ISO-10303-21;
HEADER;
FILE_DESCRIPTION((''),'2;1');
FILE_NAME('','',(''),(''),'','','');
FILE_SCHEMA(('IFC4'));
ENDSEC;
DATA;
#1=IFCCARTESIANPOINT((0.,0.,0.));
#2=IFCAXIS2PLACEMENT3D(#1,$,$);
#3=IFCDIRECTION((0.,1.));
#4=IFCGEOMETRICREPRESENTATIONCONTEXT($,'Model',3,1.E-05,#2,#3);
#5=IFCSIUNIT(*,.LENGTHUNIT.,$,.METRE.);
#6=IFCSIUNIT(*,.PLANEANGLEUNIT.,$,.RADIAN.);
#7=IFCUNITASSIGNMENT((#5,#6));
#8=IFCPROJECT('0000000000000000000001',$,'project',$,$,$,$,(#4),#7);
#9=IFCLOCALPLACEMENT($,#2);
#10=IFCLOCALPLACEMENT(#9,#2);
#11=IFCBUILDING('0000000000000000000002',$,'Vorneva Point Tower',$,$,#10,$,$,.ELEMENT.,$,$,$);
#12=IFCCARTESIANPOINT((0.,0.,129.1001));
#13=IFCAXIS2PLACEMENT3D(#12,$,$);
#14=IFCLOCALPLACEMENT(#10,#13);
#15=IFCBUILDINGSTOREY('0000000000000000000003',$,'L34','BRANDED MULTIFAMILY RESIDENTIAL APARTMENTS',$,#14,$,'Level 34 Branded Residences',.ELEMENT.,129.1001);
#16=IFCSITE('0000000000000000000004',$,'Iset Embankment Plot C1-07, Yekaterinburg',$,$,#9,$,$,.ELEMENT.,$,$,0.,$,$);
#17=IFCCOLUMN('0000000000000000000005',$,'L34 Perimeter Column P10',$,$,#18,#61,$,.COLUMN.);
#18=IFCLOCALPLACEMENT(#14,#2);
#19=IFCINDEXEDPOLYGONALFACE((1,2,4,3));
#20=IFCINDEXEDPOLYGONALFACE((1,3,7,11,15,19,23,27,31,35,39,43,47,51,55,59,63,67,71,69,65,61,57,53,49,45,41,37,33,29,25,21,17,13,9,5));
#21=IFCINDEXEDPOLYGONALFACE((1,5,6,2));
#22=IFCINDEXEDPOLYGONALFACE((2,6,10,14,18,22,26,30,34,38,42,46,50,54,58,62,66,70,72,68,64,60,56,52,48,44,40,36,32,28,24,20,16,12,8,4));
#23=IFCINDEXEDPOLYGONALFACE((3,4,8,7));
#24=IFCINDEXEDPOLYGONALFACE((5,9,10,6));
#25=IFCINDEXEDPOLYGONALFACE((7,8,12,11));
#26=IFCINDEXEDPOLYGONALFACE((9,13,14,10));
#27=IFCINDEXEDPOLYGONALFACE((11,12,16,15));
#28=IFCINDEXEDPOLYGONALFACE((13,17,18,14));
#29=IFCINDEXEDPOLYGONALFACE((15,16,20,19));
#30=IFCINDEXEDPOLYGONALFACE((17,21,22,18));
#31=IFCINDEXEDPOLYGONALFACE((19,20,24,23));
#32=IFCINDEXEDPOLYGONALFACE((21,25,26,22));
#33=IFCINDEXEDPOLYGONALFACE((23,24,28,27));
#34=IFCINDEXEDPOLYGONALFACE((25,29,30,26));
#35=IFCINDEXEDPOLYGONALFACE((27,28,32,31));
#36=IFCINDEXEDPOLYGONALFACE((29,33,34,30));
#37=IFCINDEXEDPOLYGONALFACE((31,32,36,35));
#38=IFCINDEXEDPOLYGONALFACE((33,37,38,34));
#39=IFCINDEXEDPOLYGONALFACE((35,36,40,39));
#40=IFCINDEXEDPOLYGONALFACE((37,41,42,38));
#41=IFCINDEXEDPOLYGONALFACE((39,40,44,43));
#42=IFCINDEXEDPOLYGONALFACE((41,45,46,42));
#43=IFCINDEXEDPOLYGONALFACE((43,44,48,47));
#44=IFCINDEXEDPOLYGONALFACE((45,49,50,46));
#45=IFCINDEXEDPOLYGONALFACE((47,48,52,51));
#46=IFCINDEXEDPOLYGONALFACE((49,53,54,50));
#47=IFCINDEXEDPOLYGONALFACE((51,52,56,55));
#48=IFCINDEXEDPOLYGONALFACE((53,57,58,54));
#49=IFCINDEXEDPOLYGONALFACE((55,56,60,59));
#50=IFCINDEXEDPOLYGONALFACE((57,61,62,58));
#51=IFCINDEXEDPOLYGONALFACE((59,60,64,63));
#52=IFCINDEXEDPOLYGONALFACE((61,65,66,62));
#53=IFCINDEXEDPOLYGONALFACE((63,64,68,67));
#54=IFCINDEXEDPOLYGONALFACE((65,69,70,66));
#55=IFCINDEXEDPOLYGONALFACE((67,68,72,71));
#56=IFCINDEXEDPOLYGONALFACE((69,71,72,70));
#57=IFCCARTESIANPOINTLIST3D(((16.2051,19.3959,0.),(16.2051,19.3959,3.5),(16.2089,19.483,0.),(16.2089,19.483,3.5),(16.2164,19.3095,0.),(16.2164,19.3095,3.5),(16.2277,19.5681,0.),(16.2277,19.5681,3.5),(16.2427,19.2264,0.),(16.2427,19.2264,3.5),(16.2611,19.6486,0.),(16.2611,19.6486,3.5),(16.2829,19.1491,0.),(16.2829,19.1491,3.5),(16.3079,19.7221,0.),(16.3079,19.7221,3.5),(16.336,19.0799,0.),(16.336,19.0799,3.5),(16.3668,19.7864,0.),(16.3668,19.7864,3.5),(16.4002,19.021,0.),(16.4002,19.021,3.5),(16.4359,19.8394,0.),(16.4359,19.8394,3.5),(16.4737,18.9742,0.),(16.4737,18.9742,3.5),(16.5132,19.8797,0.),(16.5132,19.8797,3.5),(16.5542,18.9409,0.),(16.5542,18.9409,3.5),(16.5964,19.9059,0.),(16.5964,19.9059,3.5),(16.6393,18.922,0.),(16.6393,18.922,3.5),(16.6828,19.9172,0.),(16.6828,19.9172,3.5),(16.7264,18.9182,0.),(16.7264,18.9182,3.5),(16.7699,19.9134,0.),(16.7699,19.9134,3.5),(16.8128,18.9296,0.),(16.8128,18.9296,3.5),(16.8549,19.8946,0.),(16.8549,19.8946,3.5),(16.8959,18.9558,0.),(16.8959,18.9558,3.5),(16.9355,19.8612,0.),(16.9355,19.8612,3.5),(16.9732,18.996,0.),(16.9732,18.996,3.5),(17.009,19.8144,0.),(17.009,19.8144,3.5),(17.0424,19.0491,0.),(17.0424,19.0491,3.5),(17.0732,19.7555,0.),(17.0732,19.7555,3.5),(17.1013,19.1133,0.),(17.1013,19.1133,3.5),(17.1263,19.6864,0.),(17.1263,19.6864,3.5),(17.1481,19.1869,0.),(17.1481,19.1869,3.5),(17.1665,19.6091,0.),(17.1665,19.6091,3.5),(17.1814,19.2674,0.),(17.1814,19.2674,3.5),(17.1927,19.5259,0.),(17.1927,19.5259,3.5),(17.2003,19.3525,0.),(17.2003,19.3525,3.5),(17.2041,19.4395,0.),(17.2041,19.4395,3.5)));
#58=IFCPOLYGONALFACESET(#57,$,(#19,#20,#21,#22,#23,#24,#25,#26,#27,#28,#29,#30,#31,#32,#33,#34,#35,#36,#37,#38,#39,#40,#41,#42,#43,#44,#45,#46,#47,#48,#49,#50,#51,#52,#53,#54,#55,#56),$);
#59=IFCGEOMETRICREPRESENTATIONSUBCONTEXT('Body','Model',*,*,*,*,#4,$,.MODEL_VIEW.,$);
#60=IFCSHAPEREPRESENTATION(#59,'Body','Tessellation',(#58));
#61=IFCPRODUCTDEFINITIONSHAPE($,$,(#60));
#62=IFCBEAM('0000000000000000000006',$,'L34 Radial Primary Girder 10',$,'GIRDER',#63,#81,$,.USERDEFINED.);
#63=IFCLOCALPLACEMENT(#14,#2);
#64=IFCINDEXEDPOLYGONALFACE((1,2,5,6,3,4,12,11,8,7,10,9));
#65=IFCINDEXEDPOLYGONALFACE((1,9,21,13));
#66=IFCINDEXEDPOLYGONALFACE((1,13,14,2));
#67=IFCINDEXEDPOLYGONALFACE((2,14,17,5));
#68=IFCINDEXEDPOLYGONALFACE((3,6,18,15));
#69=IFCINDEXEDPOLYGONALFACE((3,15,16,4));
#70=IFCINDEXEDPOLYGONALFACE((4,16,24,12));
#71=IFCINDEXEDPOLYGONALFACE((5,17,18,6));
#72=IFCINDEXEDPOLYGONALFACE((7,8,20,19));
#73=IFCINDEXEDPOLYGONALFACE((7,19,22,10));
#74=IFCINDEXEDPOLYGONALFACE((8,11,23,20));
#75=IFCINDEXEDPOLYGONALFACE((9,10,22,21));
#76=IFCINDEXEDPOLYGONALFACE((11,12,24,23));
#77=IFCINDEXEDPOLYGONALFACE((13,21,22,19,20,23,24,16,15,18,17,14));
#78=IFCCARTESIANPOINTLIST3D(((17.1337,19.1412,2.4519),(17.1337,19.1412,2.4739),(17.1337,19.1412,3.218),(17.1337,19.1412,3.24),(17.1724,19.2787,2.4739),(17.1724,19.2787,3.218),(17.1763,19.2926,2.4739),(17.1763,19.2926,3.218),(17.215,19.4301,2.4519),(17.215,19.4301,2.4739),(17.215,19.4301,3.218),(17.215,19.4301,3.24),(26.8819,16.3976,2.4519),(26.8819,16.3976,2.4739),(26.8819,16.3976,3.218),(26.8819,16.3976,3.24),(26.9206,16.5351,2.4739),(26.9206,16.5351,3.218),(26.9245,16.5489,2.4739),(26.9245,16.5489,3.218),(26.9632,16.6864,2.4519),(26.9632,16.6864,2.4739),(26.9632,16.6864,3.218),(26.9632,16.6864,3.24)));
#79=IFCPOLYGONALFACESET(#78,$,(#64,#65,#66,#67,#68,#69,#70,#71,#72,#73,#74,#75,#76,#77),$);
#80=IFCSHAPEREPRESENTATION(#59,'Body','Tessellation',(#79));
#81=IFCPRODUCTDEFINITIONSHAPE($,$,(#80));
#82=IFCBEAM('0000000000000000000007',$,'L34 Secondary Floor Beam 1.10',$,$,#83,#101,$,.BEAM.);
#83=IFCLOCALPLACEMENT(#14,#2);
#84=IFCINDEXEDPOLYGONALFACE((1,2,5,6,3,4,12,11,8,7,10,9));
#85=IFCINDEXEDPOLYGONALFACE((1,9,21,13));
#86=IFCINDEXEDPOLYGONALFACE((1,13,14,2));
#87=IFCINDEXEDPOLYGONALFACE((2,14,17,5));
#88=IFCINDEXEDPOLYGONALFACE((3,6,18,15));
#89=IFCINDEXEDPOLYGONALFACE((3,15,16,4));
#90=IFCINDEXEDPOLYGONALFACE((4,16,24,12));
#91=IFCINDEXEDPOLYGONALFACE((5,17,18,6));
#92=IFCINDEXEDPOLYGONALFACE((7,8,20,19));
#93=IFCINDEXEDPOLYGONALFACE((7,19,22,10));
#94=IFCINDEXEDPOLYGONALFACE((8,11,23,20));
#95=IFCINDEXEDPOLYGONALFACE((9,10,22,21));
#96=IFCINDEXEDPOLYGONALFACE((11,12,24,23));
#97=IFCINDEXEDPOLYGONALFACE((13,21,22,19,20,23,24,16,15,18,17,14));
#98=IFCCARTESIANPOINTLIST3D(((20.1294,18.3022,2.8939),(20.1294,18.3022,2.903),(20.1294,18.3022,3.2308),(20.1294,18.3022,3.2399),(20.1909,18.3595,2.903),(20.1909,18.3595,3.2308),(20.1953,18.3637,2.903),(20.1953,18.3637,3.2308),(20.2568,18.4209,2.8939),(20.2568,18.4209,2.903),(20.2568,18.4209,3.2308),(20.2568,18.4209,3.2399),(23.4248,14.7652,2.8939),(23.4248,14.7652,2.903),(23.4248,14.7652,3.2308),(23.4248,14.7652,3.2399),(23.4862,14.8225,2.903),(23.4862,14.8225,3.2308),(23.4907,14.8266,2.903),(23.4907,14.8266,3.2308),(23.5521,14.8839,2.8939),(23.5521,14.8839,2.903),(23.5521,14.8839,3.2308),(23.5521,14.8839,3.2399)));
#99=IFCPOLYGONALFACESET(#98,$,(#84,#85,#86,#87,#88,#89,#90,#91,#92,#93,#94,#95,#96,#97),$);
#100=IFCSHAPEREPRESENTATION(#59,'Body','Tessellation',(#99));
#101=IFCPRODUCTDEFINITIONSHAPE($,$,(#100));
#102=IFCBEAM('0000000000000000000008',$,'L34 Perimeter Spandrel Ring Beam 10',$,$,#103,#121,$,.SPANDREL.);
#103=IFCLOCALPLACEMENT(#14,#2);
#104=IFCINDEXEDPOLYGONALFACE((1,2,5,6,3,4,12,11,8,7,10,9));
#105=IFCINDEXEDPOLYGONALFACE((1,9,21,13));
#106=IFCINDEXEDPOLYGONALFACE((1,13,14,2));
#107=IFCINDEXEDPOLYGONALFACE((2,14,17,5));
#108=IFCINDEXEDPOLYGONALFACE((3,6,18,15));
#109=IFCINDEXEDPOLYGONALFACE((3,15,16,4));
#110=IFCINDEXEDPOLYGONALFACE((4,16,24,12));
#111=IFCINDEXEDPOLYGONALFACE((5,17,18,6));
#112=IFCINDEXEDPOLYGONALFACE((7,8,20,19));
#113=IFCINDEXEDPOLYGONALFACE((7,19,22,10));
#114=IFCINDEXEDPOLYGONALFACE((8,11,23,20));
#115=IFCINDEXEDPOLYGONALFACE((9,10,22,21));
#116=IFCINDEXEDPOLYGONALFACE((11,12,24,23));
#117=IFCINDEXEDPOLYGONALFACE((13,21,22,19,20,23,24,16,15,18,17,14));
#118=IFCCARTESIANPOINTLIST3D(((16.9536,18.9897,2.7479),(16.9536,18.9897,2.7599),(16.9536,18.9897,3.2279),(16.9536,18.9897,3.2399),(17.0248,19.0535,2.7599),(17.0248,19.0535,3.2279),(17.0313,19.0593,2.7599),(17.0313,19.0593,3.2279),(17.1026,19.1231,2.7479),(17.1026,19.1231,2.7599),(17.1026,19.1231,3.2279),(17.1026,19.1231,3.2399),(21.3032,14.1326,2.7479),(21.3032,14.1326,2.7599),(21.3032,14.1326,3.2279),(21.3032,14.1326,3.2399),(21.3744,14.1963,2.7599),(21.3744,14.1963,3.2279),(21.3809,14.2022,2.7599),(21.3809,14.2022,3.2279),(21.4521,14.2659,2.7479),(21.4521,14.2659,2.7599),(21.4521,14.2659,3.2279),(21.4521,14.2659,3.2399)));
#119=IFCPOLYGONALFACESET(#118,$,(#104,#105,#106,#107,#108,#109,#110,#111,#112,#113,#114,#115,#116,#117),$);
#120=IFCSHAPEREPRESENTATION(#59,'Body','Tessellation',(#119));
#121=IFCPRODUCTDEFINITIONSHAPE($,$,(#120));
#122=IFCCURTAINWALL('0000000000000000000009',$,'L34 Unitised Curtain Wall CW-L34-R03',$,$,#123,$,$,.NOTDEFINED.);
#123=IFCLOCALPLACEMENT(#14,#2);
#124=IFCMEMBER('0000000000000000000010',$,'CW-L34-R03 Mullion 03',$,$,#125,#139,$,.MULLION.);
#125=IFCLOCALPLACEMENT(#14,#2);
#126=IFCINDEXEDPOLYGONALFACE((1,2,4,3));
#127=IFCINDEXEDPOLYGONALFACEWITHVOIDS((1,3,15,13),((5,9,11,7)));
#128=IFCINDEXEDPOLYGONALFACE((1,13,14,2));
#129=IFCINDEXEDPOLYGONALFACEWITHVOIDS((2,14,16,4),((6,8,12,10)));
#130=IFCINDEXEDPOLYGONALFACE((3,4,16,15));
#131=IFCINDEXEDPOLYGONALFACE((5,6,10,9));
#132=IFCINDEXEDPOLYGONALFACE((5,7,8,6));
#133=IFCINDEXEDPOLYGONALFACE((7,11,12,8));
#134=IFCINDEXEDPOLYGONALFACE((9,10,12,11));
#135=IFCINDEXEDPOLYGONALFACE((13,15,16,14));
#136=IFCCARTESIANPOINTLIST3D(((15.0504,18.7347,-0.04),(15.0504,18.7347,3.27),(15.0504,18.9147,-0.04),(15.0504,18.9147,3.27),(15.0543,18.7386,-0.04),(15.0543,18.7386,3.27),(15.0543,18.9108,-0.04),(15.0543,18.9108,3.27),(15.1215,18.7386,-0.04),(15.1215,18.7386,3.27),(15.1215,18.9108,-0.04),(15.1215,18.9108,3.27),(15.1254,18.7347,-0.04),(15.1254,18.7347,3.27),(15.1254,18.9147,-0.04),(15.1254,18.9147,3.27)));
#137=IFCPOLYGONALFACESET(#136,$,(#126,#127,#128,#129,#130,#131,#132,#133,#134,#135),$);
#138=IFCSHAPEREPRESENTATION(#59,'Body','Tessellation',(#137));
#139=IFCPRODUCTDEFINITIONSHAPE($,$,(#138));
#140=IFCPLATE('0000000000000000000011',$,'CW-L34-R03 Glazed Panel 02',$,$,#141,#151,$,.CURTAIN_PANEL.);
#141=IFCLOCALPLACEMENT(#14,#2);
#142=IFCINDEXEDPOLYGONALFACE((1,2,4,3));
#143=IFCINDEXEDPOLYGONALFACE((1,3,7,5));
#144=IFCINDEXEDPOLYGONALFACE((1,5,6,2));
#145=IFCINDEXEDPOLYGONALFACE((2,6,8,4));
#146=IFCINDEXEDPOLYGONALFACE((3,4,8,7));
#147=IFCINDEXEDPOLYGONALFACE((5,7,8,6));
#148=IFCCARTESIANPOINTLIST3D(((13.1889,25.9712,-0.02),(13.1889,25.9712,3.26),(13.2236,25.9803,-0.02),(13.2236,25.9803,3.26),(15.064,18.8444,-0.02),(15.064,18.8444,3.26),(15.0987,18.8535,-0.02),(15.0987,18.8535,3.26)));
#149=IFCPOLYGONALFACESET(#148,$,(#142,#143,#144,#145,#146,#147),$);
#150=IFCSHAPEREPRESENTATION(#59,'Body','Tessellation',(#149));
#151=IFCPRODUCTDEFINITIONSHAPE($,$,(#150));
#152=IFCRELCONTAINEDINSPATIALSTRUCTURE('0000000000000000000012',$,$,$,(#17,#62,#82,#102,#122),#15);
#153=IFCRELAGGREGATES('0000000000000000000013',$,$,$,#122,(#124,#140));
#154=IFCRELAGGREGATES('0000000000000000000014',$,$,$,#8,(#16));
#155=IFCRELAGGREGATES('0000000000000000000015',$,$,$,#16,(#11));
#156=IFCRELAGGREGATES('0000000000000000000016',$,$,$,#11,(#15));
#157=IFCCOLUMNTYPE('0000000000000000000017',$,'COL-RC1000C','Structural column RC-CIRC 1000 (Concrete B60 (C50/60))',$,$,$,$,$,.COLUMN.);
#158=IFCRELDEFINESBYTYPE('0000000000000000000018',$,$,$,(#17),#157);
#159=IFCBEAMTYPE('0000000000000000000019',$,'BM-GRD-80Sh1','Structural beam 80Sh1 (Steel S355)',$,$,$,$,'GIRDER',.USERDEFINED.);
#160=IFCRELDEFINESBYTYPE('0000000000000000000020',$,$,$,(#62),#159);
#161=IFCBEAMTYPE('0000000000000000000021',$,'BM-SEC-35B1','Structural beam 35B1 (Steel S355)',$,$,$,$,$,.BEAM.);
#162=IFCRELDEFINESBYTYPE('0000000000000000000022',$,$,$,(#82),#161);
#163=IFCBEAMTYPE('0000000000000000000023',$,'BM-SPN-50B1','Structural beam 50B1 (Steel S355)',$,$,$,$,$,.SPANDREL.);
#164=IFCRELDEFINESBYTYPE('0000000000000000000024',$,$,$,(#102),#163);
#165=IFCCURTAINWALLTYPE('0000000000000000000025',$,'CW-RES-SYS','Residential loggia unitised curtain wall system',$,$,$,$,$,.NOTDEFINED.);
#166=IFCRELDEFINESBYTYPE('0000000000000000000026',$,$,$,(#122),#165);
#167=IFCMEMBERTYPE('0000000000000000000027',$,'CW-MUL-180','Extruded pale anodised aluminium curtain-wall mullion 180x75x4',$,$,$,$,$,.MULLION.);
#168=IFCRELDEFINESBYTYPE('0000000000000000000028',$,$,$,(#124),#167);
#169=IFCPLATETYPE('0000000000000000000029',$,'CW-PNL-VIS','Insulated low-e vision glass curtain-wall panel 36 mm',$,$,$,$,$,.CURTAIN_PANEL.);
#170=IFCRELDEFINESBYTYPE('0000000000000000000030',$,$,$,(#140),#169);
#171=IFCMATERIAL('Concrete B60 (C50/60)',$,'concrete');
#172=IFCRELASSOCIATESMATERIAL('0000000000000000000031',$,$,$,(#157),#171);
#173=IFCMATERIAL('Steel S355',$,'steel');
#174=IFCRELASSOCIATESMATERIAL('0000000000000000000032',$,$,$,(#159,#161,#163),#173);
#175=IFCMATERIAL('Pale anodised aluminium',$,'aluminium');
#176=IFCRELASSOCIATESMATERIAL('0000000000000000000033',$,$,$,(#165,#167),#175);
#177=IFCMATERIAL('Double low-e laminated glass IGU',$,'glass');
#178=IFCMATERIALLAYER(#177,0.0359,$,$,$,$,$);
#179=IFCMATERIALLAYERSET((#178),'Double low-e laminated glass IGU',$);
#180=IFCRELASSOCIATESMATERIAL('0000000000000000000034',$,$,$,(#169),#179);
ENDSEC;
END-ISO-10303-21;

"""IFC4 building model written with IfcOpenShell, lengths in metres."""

from ifc_helpers import new_model, si_unit, direction, frame, origin, origin_2d, place, context, subcontext, project, spatial, rectangle, hollow_rectangle, circle, i_section, extrude, material, layer, layer_set, material_profile, profile_set, type_object, element, aggregate, save


model = new_model("IFC4")

# Units and contexts
model_context = context("Model", 3, precision=1e-05, world=origin(), true_north=direction((0.0, 1.0)))
body_context = subcontext(model_context, "Body", "Model", "MODEL_VIEW")
ifc_project = project(units=[si_unit("LENGTHUNIT", "METRE"), si_unit("PLANEANGLEUNIT", "RADIAN")], contexts=[model_context])

# Site, building, storey
site_placement = place(None, origin())
site = spatial("IfcSite", under=ifc_project, at=site_placement, Name="Iset Embankment Plot C1-07, Yekaterinburg", CompositionType="ELEMENT", RefElevation=0.0)
building_placement = place(site_placement, origin())
building = spatial("IfcBuilding", under=site, at=building_placement, Name="Vorneva Point Tower", CompositionType="ELEMENT")
storey_placement = place(building_placement, frame((0.0, 0.0, 129.1001)))
storey = spatial("IfcBuildingStorey", under=building, at=storey_placement, Name="L34", Description="BRANDED MULTIFAMILY RESIDENTIAL APARTMENTS", LongName="Level 34 Branded Residences", CompositionType="ELEMENT", Elevation=129.1001)

# Column
ifc_material_1 = material(Name="Concrete B60 (C50/60)", Category="concrete")
ifc_material_profile_1 = material_profile(ifc_material_1, circle(Radius=0.5, at=origin_2d()), Name="RC-CIRC 1000")
ifc_profile_set_1 = profile_set([ifc_material_profile_1], Name="Concrete B60 (C50/60)")
column_type = type_object("IfcColumnType", Name="COL-RC1000C", Description="Structural column RC-CIRC 1000 (Concrete B60 (C50/60))", PredefinedType="COLUMN", material=ifc_profile_set_1)
column_placement = place(storey_placement, frame((16.7046, 19.4177, 0.0), z_axis=(0.0, 0.0, 1.0), x_axis=(-0.92388, -0.382683, 0.0)))
element("IfcColumn", 1, at=column_placement, inside=storey, type_object=column_type, Name="L34 Perimeter Column P10", PredefinedType="COLUMN", context=body_context, shape_type="SweptSolid", body=[
    extrude(circle(Radius=0.5, at=origin_2d()), origin(), (0.0, 0.0, 1.0), 3.5),
])

# Beams
ifc_material_2 = material(Name="Steel S355", Category="steel")
ifc_material_profile_2 = material_profile(ifc_material_2, i_section(OverallWidth=0.3, OverallDepth=0.7881, WebThickness=0.0144, FlangeThickness=0.022, at=origin_2d()), Name="80Sh1")
ifc_profile_set_2 = profile_set([ifc_material_profile_2], Name="Steel S355")
beam_type_1 = type_object("IfcBeamType", Name="BM-GRD-80Sh1", Description="Structural beam 80Sh1 (Steel S355)", ElementType="GIRDER", PredefinedType="USERDEFINED", material=ifc_profile_set_2)
beam_1_placement = place(storey_placement, frame((17.1743, 19.2856, 2.8459), z_axis=(0.962601, -0.270924, 0.0), x_axis=(0.270924, 0.962601, 0.0)))
element("IfcBeam", 2, at=beam_1_placement, inside=storey, type_object=beam_type_1, Name="L34 Radial Primary Girder 10", ObjectType="GIRDER", PredefinedType="USERDEFINED", context=body_context, shape_type="SweptSolid", body=[
    extrude(i_section(OverallWidth=0.3, OverallDepth=0.7881, WebThickness=0.0144, FlangeThickness=0.022, at=origin_2d()), origin(), (0.0, 0.0, 1.0), 10.127),
])
ifc_material_profile_3 = material_profile(ifc_material_2, i_section(OverallWidth=0.1741, OverallDepth=0.3459, WebThickness=0.0061, FlangeThickness=0.009, at=origin_2d()), Name="35B1")
ifc_profile_set_3 = profile_set([ifc_material_profile_3], Name="Steel S355")
beam_type_2 = type_object("IfcBeamType", Name="BM-SEC-35B1", Description="Structural beam 35B1 (Steel S355)", PredefinedType="BEAM", material=ifc_profile_set_3)
beam_2_placement = place(storey_placement, frame((20.1931, 18.3616, 3.0669), z_axis=(0.681667, -0.731663, 0.0), x_axis=(0.731663, 0.681667, 0.0)))
element("IfcBeam", 3, at=beam_2_placement, inside=storey, type_object=beam_type_2, Name="L34 Secondary Floor Beam 1.10", PredefinedType="BEAM", context=body_context, shape_type="SweptSolid", body=[
    extrude(i_section(OverallWidth=0.1741, OverallDepth=0.3459, WebThickness=0.0061, FlangeThickness=0.009, at=origin_2d()), origin(), (0.0, 0.0, 1.0), 4.8342),
])
ifc_material_profile_4 = material_profile(ifc_material_2, i_section(OverallWidth=0.2, OverallDepth=0.4919, WebThickness=0.0088, FlangeThickness=0.012, at=origin_2d()), Name="50B1")
ifc_profile_set_4 = profile_set([ifc_material_profile_4], Name="Steel S355")
beam_type_3 = type_object("IfcBeamType", Name="BM-SPN-50B1", Description="Structural beam 50B1 (Steel S355)", PredefinedType="SPANDREL", material=ifc_profile_set_4)
beam_3_placement = place(storey_placement, frame((17.0281, 19.0564, 2.9939), z_axis=(0.667111, -0.744958, 0.0), x_axis=(0.744958, 0.667111, 0.0)))
element("IfcBeam", 4, at=beam_3_placement, inside=storey, type_object=beam_type_3, Name="L34 Perimeter Spandrel Ring Beam 10", PredefinedType="SPANDREL", context=body_context, shape_type="SweptSolid", body=[
    extrude(i_section(OverallWidth=0.2, OverallDepth=0.4919, WebThickness=0.0088, FlangeThickness=0.012, at=origin_2d()), origin(), (0.0, 0.0, 1.0), 6.52),
])

# Curtain wall, member, plate
ifc_material_3 = material(Name="Pale anodised aluminium", Category="aluminium")
curtain_wall_type = type_object("IfcCurtainWallType", Name="CW-RES-SYS", Description="Residential loggia unitised curtain wall system", PredefinedType="NOTDEFINED", material=ifc_material_3)
curtain_wall_placement = place(storey_placement, origin())
curtain_wall = element("IfcCurtainWall", 5, at=curtain_wall_placement, inside=storey, type_object=curtain_wall_type, Name="L34 Unitised Curtain Wall CW-L34-R03", PredefinedType="NOTDEFINED")
ifc_material_profile_5 = material_profile(ifc_material_3, hollow_rectangle(XDim=0.075, YDim=0.1799, WallThickness=0.0039, at=origin_2d()), Name="AL-MUL 180x75x4")
ifc_profile_set_5 = profile_set([ifc_material_profile_5], Name="Pale anodised aluminium")
member_type = type_object("IfcMemberType", Name="CW-MUL-180", Description="Extruded pale anodised aluminium curtain-wall mullion 180x75x4", PredefinedType="MULLION", material=ifc_profile_set_5)
member_placement = place(storey_placement, frame((15.0879, 18.8247, -0.04), z_axis=(0.0, 0.0, 1.0), x_axis=(1.0, 0.0, 0.0)))
member = element("IfcMember", 6, at=member_placement, type_object=member_type, Name="CW-L34-R03 Mullion 03", PredefinedType="MULLION", context=body_context, shape_type="SweptSolid", body=[
    extrude(hollow_rectangle(XDim=0.075, YDim=0.1799, WallThickness=0.0039, at=origin_2d()), origin(), (0.0, 0.0, 1.0), 3.3101),
])
ifc_material_4 = material(Name="Double low-e laminated glass IGU", Category="glass")
ifc_layer_1 = layer(ifc_material_4, 0.0359)
ifc_layer_set_1 = layer_set([ifc_layer_1], Name="Double low-e laminated glass IGU")
plate_type = type_object("IfcPlateType", Name="CW-PNL-VIS", Description="Insulated low-e vision glass curtain-wall panel 36 mm", PredefinedType="CURTAIN_PANEL", material=ifc_layer_set_1)
plate_placement = place(storey_placement, frame((14.1438, 22.4124, -0.02), z_axis=(0.0, 0.0, 1.0), x_axis=(0.254433, -0.96709, 0.0)))
plate = element("IfcPlate", 7, at=plate_placement, type_object=plate_type, Name="CW-L34-R03 Glazed Panel 02", PredefinedType="CURTAIN_PANEL", context=body_context, shape_type="SweptSolid", body=[
    extrude(rectangle(XDim=7.3694, YDim=0.0359, at=origin_2d()), origin(), (0.0, 0.0, 1.0), 3.28),
])
aggregate(curtain_wall, [member, plate])

save(model, "model.ifc")
